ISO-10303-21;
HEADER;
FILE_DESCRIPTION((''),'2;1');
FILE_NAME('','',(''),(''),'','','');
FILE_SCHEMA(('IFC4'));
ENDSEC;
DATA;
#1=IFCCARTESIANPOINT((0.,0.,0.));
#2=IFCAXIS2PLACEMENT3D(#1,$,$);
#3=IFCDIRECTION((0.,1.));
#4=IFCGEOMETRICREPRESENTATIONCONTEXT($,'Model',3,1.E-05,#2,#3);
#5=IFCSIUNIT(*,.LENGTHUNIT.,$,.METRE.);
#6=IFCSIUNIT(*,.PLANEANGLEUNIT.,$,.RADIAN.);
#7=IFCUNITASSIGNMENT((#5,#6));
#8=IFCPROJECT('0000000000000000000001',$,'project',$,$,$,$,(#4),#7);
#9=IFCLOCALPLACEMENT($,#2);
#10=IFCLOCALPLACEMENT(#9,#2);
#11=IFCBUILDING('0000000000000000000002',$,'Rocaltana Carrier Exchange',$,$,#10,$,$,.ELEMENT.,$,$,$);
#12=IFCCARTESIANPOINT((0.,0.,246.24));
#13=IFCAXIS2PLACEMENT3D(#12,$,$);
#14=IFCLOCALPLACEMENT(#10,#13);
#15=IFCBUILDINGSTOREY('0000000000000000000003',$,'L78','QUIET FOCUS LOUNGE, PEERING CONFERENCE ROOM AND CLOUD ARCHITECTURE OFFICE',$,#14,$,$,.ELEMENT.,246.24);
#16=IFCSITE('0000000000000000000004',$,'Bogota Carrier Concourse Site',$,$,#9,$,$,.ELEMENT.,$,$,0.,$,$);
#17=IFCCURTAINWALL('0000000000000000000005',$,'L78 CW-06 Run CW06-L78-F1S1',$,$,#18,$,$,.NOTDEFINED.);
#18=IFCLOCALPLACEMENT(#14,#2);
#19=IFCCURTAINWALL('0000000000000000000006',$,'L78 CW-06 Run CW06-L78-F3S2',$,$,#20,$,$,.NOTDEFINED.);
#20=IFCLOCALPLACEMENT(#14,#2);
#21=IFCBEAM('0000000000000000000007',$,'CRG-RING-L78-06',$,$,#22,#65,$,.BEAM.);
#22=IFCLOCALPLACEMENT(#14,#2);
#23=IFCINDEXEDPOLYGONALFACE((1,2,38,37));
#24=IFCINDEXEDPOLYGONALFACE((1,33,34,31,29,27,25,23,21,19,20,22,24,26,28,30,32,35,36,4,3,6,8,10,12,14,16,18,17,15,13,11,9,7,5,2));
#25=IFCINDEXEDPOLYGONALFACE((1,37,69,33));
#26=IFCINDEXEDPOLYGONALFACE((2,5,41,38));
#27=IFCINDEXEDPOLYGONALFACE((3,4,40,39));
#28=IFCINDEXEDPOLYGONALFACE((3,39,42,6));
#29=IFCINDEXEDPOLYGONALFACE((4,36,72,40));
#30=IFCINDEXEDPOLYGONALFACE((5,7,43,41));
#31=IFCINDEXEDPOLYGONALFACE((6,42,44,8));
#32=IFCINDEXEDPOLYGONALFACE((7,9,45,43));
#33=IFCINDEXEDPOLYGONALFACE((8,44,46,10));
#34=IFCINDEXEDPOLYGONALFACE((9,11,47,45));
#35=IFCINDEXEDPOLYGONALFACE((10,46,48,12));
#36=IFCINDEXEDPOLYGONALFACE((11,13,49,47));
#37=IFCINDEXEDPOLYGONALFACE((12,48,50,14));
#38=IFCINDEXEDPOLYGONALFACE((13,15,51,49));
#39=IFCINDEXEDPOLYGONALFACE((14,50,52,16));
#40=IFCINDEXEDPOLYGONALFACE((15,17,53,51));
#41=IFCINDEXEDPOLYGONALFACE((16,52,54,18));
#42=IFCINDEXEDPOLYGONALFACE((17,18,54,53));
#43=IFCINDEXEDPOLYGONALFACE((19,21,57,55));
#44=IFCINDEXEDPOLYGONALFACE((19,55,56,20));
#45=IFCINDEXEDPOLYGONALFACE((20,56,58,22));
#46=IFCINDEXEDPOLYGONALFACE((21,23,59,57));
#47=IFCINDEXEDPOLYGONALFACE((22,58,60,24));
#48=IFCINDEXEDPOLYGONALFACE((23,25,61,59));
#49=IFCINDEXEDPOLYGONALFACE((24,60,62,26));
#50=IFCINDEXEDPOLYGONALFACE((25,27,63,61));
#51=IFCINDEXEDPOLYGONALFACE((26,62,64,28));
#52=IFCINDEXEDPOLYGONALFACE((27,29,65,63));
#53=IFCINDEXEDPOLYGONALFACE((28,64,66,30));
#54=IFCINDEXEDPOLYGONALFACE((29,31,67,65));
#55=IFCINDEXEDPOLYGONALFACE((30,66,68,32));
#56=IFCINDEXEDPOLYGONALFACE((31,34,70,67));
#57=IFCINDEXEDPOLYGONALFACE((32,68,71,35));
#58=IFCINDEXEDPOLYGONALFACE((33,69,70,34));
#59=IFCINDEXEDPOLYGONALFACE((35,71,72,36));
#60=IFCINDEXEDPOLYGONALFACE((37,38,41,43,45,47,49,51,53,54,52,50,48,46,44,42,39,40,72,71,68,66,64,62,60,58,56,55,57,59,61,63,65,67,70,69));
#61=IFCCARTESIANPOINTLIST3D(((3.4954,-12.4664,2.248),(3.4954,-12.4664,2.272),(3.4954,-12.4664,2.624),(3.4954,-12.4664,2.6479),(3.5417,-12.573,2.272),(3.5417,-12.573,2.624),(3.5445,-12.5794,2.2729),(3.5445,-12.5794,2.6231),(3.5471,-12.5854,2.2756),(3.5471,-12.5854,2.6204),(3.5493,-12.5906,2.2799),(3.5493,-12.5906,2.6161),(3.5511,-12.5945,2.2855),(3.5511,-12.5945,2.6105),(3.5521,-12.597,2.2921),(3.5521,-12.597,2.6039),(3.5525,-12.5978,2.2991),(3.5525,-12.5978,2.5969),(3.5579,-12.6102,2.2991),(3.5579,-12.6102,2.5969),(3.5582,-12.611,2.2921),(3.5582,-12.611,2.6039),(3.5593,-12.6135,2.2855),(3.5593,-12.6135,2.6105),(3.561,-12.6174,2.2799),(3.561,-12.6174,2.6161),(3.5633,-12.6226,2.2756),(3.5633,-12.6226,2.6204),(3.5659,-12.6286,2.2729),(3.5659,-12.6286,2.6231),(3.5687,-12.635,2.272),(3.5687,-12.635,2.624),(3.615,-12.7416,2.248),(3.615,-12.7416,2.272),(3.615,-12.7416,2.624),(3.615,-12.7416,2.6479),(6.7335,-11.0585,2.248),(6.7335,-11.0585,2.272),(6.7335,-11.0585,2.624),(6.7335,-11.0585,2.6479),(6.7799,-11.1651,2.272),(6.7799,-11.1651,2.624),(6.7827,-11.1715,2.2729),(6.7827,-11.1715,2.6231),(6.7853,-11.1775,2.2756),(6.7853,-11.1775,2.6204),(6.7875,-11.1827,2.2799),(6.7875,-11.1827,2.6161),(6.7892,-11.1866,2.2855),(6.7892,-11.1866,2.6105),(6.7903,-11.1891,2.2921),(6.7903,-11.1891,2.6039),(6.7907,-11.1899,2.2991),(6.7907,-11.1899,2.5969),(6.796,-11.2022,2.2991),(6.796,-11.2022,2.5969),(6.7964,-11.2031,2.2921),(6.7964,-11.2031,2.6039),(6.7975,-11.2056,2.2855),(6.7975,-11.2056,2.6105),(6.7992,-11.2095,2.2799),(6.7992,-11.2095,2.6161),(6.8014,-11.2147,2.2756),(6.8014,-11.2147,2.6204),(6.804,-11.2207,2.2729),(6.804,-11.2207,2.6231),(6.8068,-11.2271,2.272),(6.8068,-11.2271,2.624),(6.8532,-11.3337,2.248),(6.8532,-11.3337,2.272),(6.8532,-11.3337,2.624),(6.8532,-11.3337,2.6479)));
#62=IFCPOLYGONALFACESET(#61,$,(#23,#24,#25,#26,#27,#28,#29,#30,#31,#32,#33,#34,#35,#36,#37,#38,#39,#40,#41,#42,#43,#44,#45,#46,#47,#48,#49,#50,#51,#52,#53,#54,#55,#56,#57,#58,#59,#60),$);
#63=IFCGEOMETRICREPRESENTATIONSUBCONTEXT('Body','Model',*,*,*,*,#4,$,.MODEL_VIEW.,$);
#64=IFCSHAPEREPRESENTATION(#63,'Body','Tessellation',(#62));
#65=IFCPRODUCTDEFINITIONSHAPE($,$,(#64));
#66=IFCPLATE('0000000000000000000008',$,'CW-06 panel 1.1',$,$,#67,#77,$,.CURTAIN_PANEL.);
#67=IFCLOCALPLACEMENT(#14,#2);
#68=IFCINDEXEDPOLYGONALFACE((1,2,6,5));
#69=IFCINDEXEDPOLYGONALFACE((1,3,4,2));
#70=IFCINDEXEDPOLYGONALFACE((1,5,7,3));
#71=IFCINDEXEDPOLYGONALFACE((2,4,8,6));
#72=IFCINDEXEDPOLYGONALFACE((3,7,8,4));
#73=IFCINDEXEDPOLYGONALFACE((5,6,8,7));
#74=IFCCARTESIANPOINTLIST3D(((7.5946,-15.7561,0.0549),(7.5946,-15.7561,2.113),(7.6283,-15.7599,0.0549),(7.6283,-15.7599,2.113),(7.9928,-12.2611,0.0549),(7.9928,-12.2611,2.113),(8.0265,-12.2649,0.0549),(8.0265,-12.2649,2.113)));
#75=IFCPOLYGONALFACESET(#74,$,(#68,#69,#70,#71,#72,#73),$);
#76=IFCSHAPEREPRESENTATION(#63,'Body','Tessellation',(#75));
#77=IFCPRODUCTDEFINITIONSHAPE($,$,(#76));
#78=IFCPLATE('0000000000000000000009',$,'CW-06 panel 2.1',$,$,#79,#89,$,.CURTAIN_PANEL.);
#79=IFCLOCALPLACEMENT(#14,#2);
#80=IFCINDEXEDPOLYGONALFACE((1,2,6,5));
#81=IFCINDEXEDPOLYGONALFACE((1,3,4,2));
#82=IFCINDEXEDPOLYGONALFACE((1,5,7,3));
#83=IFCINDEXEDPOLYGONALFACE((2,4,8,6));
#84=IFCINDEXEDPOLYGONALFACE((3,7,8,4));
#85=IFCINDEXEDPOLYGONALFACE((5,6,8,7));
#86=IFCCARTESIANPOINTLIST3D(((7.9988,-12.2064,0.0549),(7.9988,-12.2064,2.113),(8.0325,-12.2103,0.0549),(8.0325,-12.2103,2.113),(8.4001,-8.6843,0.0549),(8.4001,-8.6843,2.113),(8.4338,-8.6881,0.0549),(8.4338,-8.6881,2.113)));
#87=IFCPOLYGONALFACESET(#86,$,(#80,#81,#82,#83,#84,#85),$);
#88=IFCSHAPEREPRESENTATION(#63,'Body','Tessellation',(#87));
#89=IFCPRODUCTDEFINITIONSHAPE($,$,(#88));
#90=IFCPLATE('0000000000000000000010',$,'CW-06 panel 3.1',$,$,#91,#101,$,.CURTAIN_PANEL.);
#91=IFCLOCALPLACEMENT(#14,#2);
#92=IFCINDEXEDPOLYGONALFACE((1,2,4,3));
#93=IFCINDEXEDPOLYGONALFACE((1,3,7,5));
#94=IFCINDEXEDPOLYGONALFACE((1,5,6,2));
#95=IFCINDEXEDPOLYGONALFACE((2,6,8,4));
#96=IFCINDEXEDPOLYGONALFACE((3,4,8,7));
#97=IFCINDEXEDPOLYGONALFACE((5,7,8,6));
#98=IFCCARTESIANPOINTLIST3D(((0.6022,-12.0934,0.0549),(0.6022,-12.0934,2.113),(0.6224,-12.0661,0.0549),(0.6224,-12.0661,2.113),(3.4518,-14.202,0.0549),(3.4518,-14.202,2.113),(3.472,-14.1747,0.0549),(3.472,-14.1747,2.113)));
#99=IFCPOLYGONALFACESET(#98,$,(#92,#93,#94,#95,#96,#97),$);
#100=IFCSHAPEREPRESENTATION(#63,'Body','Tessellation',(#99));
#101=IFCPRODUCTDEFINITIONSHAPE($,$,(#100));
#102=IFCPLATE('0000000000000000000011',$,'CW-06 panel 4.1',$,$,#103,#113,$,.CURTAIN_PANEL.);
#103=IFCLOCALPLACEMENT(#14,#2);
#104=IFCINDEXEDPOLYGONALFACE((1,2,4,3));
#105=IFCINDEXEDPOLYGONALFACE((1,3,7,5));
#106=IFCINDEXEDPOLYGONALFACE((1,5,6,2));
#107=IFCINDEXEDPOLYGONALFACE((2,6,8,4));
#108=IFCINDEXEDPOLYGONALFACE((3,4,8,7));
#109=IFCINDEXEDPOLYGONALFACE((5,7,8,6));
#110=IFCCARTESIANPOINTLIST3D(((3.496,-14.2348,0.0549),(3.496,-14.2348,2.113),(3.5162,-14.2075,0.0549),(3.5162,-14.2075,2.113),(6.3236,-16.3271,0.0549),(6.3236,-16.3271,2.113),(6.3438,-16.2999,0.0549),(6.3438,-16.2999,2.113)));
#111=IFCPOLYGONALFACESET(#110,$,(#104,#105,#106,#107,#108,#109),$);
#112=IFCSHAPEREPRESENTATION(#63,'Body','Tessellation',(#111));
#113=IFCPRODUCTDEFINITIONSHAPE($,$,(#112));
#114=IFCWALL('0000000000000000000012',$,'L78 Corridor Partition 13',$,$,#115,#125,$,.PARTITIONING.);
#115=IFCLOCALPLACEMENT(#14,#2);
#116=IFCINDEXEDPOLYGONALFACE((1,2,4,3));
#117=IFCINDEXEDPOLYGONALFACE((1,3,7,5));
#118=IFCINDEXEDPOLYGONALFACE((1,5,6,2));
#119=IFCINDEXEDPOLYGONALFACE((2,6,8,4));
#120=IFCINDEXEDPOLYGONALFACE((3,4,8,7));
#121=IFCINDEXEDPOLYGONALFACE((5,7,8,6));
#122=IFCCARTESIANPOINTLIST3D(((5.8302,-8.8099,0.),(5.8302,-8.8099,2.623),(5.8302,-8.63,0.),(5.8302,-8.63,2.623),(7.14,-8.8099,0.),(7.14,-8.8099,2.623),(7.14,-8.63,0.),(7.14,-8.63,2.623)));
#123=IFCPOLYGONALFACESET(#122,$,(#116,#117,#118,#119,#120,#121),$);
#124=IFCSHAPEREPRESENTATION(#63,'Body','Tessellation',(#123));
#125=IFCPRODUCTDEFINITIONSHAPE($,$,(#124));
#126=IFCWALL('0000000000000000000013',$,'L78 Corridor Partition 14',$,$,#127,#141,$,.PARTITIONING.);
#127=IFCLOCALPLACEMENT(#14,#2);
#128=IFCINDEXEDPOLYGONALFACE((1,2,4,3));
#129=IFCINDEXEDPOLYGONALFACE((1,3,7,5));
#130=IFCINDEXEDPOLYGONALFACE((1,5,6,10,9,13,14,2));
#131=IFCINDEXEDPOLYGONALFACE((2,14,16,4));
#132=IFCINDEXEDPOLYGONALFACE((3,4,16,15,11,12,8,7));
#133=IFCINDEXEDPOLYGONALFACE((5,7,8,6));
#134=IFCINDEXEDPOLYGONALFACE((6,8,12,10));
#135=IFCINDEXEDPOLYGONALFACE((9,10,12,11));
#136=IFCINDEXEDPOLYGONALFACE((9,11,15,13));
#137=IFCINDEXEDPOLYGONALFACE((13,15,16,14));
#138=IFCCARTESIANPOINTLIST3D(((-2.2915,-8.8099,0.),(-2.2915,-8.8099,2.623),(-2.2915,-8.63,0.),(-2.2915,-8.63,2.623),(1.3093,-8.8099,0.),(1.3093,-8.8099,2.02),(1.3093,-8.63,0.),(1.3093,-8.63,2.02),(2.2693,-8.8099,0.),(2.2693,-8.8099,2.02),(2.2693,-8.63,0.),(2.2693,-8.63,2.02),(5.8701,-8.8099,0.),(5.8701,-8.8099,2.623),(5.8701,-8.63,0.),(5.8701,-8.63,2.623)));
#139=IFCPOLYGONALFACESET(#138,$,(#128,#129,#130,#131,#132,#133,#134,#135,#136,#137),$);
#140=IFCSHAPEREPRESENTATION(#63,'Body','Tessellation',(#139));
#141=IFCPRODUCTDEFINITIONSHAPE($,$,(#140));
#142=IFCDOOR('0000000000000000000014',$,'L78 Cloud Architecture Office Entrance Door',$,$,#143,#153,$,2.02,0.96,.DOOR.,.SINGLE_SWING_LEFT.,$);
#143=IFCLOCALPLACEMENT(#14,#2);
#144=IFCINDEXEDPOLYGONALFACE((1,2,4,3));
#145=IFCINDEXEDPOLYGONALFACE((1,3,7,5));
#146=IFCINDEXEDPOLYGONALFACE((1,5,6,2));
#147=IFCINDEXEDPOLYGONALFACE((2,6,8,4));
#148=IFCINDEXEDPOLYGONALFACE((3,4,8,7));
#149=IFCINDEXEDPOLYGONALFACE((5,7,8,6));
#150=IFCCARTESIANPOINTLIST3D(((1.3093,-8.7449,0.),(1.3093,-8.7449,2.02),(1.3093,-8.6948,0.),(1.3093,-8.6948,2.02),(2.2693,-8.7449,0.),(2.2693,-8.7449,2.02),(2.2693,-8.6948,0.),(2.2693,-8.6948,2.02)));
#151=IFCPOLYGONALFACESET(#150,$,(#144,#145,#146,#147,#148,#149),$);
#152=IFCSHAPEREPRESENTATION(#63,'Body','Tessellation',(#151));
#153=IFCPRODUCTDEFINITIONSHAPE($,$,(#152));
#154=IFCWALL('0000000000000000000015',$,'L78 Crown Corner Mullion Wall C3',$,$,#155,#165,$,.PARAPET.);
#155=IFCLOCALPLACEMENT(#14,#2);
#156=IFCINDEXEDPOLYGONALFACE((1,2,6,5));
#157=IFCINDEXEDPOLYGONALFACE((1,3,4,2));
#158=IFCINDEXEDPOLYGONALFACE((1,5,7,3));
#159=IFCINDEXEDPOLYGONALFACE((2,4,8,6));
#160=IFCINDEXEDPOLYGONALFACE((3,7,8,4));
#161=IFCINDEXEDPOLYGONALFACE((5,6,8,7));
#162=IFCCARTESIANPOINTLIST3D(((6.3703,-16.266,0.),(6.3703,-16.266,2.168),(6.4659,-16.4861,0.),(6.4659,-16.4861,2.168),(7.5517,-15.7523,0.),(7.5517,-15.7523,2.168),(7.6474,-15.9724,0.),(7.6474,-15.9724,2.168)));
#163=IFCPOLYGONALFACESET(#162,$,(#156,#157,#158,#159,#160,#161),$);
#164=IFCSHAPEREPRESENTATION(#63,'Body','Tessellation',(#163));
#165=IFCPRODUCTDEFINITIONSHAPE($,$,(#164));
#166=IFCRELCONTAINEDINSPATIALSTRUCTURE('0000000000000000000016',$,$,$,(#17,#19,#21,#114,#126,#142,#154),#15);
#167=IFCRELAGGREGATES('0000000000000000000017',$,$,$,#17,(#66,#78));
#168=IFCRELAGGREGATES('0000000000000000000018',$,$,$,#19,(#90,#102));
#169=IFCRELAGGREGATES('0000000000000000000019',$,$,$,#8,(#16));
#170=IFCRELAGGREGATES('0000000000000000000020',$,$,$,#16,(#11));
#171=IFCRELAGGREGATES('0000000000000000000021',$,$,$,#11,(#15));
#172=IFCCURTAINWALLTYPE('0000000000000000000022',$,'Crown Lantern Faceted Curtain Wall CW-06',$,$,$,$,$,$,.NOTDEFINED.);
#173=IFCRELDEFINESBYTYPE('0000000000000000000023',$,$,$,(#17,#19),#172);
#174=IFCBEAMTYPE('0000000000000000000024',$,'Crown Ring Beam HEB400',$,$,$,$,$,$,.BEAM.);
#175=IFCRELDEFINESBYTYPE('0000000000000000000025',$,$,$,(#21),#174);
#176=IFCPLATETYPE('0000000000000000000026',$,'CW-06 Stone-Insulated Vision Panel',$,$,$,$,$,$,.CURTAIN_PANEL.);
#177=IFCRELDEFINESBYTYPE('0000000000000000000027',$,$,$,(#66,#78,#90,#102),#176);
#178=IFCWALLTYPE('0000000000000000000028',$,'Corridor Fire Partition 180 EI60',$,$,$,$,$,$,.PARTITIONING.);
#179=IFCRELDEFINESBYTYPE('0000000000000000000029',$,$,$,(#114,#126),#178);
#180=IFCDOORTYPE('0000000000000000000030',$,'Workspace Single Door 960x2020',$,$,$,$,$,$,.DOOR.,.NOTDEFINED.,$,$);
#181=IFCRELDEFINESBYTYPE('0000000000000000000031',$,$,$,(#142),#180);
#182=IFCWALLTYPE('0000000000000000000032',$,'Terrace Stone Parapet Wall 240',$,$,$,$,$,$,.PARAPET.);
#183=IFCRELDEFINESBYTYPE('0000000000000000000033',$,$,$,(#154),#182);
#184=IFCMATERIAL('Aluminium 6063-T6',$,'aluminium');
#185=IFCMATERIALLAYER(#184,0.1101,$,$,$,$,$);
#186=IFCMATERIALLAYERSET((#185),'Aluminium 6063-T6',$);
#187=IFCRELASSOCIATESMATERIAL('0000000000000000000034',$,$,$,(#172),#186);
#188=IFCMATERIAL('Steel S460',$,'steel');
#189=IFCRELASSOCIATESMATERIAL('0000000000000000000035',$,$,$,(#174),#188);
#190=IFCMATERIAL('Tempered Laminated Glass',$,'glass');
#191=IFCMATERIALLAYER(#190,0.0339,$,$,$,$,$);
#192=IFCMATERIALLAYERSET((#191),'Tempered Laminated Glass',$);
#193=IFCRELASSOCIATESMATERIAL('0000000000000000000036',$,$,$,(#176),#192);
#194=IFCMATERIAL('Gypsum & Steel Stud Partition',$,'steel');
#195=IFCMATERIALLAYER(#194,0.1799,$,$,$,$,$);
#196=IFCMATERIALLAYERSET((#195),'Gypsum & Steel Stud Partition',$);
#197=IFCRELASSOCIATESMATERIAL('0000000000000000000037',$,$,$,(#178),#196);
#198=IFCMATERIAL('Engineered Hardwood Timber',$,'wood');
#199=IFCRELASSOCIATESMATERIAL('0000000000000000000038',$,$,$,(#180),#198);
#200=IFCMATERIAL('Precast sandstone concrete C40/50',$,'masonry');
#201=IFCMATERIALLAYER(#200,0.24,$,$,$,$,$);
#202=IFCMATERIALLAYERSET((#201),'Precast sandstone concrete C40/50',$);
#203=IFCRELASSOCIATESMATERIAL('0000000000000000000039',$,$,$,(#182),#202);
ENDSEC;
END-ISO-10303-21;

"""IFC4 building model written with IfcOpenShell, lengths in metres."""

from ifc_helpers import new_model, si_unit, direction, frame, frame_2d, origin, origin_2d, place, context, subcontext, project, spatial, rectangle, i_section, extrude, material, layer, layer_set, material_profile, profile_set, type_object, element, fill, aggregate, save


model = new_model("IFC4")

# Units and contexts
model_context = context("Model", 3, precision=1e-05, world=origin(), true_north=direction((0.0, 1.0)))
body_context = subcontext(model_context, "Body", "Model", "MODEL_VIEW")
ifc_project = project(units=[si_unit("LENGTHUNIT", "METRE"), si_unit("PLANEANGLEUNIT", "RADIAN")], contexts=[model_context])

# Site, building, storey
site_placement = place(None, origin())
site = spatial("IfcSite", under=ifc_project, at=site_placement, Name="Bogota Carrier Concourse Site", CompositionType="ELEMENT", RefElevation=0.0)
building_placement = place(site_placement, origin())
building = spatial("IfcBuilding", under=site, at=building_placement, Name="Rocaltana Carrier Exchange", CompositionType="ELEMENT")
storey_placement = place(building_placement, frame((0.0, 0.0, 246.24)))
storey = spatial("IfcBuildingStorey", under=building, at=storey_placement, Name="L78", Description="QUIET FOCUS LOUNGE, PEERING CONFERENCE ROOM AND CLOUD ARCHITECTURE OFFICE", CompositionType="ELEMENT", Elevation=246.24)

# Curtain walls
ifc_material_1 = material(Name="Aluminium 6063-T6", Category="aluminium")
ifc_layer_1 = layer(ifc_material_1, 0.1101)
ifc_layer_set_1 = layer_set([ifc_layer_1], Name="Aluminium 6063-T6")
curtain_wall_type = type_object("IfcCurtainWallType", Name="Crown Lantern Faceted Curtain Wall CW-06", PredefinedType="NOTDEFINED", material=ifc_layer_set_1)
curtain_wall_1_placement = place(storey_placement, origin())
curtain_wall_1 = element("IfcCurtainWall", 1, at=curtain_wall_1_placement, inside=storey, type_object=curtain_wall_type, Name="L78 CW-06 Run CW06-L78-F1S1", PredefinedType="NOTDEFINED")
curtain_wall_2_placement = place(storey_placement, origin())
curtain_wall_2 = element("IfcCurtainWall", 2, at=curtain_wall_2_placement, inside=storey, type_object=curtain_wall_type, Name="L78 CW-06 Run CW06-L78-F3S2", PredefinedType="NOTDEFINED")

# Beam
ifc_material_2 = material(Name="Steel S460", Category="steel")
ifc_material_profile_1 = material_profile(ifc_material_2, i_section(OverallWidth=0.3, OverallDepth=0.3999, WebThickness=0.0134, FlangeThickness=0.0239, FilletRadius=0.0271, at=origin_2d()), Name="HEB400")
ifc_profile_set_1 = profile_set([ifc_material_profile_1], Name="Steel S460")
beam_type = type_object("IfcBeamType", Name="Crown Ring Beam HEB400", PredefinedType="BEAM", material=ifc_profile_set_1)
beam_1_placement = place(storey_placement, frame((3.5552, -12.604, 2.448), z_axis=(0.917069, 0.398729, 0.0), x_axis=(-0.398729, 0.917069, 0.0)))
element("IfcBeam", 3, at=beam_1_placement, inside=storey, type_object=beam_type, Name="CRG-RING-L78-06", PredefinedType="BEAM", context=body_context, shape_type="SweptSolid", body=[
    extrude(i_section(OverallWidth=0.3, OverallDepth=0.3999, WebThickness=0.0134, FlangeThickness=0.0239, FilletRadius=0.0271, at=origin_2d()), origin(), (0.0, 0.0, 1.0), 3.531),
])

# Plates
ifc_material_3 = material(Name="Tempered Laminated Glass", Category="glass")
ifc_layer_2 = layer(ifc_material_3, 0.0339)
ifc_layer_set_2 = layer_set([ifc_layer_2], Name="Tempered Laminated Glass")
plate_type = type_object("IfcPlateType", Name="CW-06 Stone-Insulated Vision Panel", PredefinedType="CURTAIN_PANEL", material=ifc_layer_set_2)
plate_1_placement = place(storey_placement, frame((7.8105, -14.0105, 0.0549), z_axis=(0.0, 0.0, 1.0), x_axis=(0.113208, 0.993571, 0.0)))
plate_1 = element("IfcPlate", 4, at=plate_1_placement, type_object=plate_type, Name="CW-06 panel 1.1", PredefinedType="CURTAIN_PANEL", context=body_context, shape_type="SweptSolid", body=[
    extrude(rectangle(XDim=3.5176, YDim=0.0339, at=origin_2d()), origin(), (0.0, 0.0, 1.0), 2.0581),
])
plate_2_placement = place(storey_placement, frame((8.2163, -10.4473, 0.0549), z_axis=(0.0, 0.0, 1.0), x_axis=(0.113208, 0.993571, 0.0)))
plate_2 = element("IfcPlate", 5, at=plate_2_placement, type_object=plate_type, Name="CW-06 panel 2.1", PredefinedType="CURTAIN_PANEL", context=body_context, shape_type="SweptSolid", body=[
    extrude(rectangle(XDim=3.5449, YDim=0.0339, at=origin_2d()), origin(), (0.0, 0.0, 1.0), 2.0581),
])
aggregate(curtain_wall_1, [plate_1, plate_2])
plate_3_placement = place(storey_placement, frame((2.0371, -13.134, 0.0549), z_axis=(0.0, 0.0, 1.0), x_axis=(0.803854, -0.594826, 0.0)))
plate_3 = element("IfcPlate", 6, at=plate_3_placement, type_object=plate_type, Name="CW-06 panel 3.1", PredefinedType="CURTAIN_PANEL", context=body_context, shape_type="SweptSolid", body=[
    extrude(rectangle(XDim=3.5449, YDim=0.0339, at=origin_2d()), origin(), (0.0, 0.0, 1.0), 2.0581),
])
plate_4_placement = place(storey_placement, frame((4.9199, -15.2673, 0.0549), z_axis=(0.0, 0.0, 1.0), x_axis=(0.803854, -0.594826, 0.0)))
plate_4 = element("IfcPlate", 7, at=plate_4_placement, type_object=plate_type, Name="CW-06 panel 4.1", PredefinedType="CURTAIN_PANEL", context=body_context, shape_type="SweptSolid", body=[
    extrude(rectangle(XDim=3.5176, YDim=0.0339, at=origin_2d()), origin(), (0.0, 0.0, 1.0), 2.0581),
])
aggregate(curtain_wall_2, [plate_3, plate_4])

# Wall
ifc_material_4 = material(Name="Gypsum & Steel Stud Partition", Category="steel")
ifc_layer_3 = layer(ifc_material_4, 0.1799)
ifc_layer_set_3 = layer_set([ifc_layer_3], Name="Gypsum & Steel Stud Partition")
wall_type_1 = type_object("IfcWallType", Name="Corridor Fire Partition 180 EI60", PredefinedType="PARTITIONING", material=ifc_layer_set_3)
wall_1_placement = place(storey_placement, frame((7.1399, -8.72, 0.0), z_axis=(0.0, 0.0, 1.0), x_axis=(-1.0, 0.0, 0.0)))
element("IfcWall", 8, at=wall_1_placement, inside=storey, type_object=wall_type_1, Name="L78 Corridor Partition 13", PredefinedType="PARTITIONING", context=body_context, shape_type="SweptSolid", body=[
    extrude(rectangle(XDim=1.3098, YDim=0.1799, at=frame_2d((0.6548, 0.0))), origin(), (0.0, 0.0, 1.0), 2.623),
])

# Wall, opening, door
wall_2_placement = place(storey_placement, frame((5.8701, -8.72, 0.0), z_axis=(0.0, 0.0, 1.0), x_axis=(-1.0, 0.0, 0.0)))
wall_2 = element("IfcWall", 9, at=wall_2_placement, inside=storey, type_object=wall_type_1, Name="L78 Corridor Partition 14", PredefinedType="PARTITIONING", context=body_context, shape_type="SweptSolid", body=[
    extrude(rectangle(XDim=8.1616, YDim=0.1799, at=frame_2d((4.0808, 0.0))), origin(), (0.0, 0.0, 1.0), 2.623),
])
opening_placement = place(wall_2_placement, frame((3.6008, 0.0, 0.0)))
opening = element("IfcOpeningElement", 10, at=opening_placement, cuts=wall_2, PredefinedType="OPENING", context=body_context, shape_type="SweptSolid", body=[
    extrude(rectangle(XDim=0.96, YDim=2.02, at=frame_2d((0.48, 1.01))), frame((0.0, 0.0999, 0.0), z_axis=(0.0, -1.0, 0.0), x_axis=(1.0, 0.0, 0.0)), (0.0, 0.0, 1.0), 0.2),
])
ifc_material_5 = material(Name="Engineered Hardwood Timber", Category="wood")
door_type = type_object("IfcDoorType", Name="Workspace Single Door 960x2020", OperationType="NOTDEFINED", PredefinedType="DOOR", material=ifc_material_5)
door_placement = place(opening_placement, origin())
door = element("IfcDoor", 11, at=door_placement, inside=storey, type_object=door_type, Name="L78 Cloud Architecture Office Entrance Door", OperationType="SINGLE_SWING_LEFT", OverallHeight=2.02, OverallWidth=0.96, PredefinedType="DOOR", context=body_context, shape_type="SweptSolid", body=[
    extrude(rectangle(XDim=0.96, YDim=2.02, at=frame_2d((0.48, 1.01))), frame((0.0, 0.0249, 0.0), z_axis=(0.0, -1.0, 0.0), x_axis=(1.0, 0.0, 0.0)), (0.0, 0.0, 1.0), 0.05),
])
fill(opening, door)

# Wall
ifc_material_6 = material(Name="Precast sandstone concrete C40/50", Category="masonry")
ifc_layer_4 = layer(ifc_material_6, 0.24)
ifc_layer_set_4 = layer_set([ifc_layer_4], Name="Precast sandstone concrete C40/50")
wall_type_2 = type_object("IfcWallType", Name="Terrace Stone Parapet Wall 240", PredefinedType="PARAPET", material=ifc_layer_set_4)
wall_3_placement = place(storey_placement, frame((6.4182, -16.376, 0.0), z_axis=(0.0, 0.0, 1.0), x_axis=(0.917064, 0.39874, 0.0)))
element("IfcWall", 12, at=wall_3_placement, inside=storey, type_object=wall_type_2, Name="L78 Crown Corner Mullion Wall C3", PredefinedType="PARAPET", context=body_context, shape_type="SweptSolid", body=[
    extrude(rectangle(XDim=1.2883, YDim=0.24, at=frame_2d((0.644, 0.0))), origin(), (0.0, 0.0, 1.0), 2.168),
])

save(model, "model.ifc")
